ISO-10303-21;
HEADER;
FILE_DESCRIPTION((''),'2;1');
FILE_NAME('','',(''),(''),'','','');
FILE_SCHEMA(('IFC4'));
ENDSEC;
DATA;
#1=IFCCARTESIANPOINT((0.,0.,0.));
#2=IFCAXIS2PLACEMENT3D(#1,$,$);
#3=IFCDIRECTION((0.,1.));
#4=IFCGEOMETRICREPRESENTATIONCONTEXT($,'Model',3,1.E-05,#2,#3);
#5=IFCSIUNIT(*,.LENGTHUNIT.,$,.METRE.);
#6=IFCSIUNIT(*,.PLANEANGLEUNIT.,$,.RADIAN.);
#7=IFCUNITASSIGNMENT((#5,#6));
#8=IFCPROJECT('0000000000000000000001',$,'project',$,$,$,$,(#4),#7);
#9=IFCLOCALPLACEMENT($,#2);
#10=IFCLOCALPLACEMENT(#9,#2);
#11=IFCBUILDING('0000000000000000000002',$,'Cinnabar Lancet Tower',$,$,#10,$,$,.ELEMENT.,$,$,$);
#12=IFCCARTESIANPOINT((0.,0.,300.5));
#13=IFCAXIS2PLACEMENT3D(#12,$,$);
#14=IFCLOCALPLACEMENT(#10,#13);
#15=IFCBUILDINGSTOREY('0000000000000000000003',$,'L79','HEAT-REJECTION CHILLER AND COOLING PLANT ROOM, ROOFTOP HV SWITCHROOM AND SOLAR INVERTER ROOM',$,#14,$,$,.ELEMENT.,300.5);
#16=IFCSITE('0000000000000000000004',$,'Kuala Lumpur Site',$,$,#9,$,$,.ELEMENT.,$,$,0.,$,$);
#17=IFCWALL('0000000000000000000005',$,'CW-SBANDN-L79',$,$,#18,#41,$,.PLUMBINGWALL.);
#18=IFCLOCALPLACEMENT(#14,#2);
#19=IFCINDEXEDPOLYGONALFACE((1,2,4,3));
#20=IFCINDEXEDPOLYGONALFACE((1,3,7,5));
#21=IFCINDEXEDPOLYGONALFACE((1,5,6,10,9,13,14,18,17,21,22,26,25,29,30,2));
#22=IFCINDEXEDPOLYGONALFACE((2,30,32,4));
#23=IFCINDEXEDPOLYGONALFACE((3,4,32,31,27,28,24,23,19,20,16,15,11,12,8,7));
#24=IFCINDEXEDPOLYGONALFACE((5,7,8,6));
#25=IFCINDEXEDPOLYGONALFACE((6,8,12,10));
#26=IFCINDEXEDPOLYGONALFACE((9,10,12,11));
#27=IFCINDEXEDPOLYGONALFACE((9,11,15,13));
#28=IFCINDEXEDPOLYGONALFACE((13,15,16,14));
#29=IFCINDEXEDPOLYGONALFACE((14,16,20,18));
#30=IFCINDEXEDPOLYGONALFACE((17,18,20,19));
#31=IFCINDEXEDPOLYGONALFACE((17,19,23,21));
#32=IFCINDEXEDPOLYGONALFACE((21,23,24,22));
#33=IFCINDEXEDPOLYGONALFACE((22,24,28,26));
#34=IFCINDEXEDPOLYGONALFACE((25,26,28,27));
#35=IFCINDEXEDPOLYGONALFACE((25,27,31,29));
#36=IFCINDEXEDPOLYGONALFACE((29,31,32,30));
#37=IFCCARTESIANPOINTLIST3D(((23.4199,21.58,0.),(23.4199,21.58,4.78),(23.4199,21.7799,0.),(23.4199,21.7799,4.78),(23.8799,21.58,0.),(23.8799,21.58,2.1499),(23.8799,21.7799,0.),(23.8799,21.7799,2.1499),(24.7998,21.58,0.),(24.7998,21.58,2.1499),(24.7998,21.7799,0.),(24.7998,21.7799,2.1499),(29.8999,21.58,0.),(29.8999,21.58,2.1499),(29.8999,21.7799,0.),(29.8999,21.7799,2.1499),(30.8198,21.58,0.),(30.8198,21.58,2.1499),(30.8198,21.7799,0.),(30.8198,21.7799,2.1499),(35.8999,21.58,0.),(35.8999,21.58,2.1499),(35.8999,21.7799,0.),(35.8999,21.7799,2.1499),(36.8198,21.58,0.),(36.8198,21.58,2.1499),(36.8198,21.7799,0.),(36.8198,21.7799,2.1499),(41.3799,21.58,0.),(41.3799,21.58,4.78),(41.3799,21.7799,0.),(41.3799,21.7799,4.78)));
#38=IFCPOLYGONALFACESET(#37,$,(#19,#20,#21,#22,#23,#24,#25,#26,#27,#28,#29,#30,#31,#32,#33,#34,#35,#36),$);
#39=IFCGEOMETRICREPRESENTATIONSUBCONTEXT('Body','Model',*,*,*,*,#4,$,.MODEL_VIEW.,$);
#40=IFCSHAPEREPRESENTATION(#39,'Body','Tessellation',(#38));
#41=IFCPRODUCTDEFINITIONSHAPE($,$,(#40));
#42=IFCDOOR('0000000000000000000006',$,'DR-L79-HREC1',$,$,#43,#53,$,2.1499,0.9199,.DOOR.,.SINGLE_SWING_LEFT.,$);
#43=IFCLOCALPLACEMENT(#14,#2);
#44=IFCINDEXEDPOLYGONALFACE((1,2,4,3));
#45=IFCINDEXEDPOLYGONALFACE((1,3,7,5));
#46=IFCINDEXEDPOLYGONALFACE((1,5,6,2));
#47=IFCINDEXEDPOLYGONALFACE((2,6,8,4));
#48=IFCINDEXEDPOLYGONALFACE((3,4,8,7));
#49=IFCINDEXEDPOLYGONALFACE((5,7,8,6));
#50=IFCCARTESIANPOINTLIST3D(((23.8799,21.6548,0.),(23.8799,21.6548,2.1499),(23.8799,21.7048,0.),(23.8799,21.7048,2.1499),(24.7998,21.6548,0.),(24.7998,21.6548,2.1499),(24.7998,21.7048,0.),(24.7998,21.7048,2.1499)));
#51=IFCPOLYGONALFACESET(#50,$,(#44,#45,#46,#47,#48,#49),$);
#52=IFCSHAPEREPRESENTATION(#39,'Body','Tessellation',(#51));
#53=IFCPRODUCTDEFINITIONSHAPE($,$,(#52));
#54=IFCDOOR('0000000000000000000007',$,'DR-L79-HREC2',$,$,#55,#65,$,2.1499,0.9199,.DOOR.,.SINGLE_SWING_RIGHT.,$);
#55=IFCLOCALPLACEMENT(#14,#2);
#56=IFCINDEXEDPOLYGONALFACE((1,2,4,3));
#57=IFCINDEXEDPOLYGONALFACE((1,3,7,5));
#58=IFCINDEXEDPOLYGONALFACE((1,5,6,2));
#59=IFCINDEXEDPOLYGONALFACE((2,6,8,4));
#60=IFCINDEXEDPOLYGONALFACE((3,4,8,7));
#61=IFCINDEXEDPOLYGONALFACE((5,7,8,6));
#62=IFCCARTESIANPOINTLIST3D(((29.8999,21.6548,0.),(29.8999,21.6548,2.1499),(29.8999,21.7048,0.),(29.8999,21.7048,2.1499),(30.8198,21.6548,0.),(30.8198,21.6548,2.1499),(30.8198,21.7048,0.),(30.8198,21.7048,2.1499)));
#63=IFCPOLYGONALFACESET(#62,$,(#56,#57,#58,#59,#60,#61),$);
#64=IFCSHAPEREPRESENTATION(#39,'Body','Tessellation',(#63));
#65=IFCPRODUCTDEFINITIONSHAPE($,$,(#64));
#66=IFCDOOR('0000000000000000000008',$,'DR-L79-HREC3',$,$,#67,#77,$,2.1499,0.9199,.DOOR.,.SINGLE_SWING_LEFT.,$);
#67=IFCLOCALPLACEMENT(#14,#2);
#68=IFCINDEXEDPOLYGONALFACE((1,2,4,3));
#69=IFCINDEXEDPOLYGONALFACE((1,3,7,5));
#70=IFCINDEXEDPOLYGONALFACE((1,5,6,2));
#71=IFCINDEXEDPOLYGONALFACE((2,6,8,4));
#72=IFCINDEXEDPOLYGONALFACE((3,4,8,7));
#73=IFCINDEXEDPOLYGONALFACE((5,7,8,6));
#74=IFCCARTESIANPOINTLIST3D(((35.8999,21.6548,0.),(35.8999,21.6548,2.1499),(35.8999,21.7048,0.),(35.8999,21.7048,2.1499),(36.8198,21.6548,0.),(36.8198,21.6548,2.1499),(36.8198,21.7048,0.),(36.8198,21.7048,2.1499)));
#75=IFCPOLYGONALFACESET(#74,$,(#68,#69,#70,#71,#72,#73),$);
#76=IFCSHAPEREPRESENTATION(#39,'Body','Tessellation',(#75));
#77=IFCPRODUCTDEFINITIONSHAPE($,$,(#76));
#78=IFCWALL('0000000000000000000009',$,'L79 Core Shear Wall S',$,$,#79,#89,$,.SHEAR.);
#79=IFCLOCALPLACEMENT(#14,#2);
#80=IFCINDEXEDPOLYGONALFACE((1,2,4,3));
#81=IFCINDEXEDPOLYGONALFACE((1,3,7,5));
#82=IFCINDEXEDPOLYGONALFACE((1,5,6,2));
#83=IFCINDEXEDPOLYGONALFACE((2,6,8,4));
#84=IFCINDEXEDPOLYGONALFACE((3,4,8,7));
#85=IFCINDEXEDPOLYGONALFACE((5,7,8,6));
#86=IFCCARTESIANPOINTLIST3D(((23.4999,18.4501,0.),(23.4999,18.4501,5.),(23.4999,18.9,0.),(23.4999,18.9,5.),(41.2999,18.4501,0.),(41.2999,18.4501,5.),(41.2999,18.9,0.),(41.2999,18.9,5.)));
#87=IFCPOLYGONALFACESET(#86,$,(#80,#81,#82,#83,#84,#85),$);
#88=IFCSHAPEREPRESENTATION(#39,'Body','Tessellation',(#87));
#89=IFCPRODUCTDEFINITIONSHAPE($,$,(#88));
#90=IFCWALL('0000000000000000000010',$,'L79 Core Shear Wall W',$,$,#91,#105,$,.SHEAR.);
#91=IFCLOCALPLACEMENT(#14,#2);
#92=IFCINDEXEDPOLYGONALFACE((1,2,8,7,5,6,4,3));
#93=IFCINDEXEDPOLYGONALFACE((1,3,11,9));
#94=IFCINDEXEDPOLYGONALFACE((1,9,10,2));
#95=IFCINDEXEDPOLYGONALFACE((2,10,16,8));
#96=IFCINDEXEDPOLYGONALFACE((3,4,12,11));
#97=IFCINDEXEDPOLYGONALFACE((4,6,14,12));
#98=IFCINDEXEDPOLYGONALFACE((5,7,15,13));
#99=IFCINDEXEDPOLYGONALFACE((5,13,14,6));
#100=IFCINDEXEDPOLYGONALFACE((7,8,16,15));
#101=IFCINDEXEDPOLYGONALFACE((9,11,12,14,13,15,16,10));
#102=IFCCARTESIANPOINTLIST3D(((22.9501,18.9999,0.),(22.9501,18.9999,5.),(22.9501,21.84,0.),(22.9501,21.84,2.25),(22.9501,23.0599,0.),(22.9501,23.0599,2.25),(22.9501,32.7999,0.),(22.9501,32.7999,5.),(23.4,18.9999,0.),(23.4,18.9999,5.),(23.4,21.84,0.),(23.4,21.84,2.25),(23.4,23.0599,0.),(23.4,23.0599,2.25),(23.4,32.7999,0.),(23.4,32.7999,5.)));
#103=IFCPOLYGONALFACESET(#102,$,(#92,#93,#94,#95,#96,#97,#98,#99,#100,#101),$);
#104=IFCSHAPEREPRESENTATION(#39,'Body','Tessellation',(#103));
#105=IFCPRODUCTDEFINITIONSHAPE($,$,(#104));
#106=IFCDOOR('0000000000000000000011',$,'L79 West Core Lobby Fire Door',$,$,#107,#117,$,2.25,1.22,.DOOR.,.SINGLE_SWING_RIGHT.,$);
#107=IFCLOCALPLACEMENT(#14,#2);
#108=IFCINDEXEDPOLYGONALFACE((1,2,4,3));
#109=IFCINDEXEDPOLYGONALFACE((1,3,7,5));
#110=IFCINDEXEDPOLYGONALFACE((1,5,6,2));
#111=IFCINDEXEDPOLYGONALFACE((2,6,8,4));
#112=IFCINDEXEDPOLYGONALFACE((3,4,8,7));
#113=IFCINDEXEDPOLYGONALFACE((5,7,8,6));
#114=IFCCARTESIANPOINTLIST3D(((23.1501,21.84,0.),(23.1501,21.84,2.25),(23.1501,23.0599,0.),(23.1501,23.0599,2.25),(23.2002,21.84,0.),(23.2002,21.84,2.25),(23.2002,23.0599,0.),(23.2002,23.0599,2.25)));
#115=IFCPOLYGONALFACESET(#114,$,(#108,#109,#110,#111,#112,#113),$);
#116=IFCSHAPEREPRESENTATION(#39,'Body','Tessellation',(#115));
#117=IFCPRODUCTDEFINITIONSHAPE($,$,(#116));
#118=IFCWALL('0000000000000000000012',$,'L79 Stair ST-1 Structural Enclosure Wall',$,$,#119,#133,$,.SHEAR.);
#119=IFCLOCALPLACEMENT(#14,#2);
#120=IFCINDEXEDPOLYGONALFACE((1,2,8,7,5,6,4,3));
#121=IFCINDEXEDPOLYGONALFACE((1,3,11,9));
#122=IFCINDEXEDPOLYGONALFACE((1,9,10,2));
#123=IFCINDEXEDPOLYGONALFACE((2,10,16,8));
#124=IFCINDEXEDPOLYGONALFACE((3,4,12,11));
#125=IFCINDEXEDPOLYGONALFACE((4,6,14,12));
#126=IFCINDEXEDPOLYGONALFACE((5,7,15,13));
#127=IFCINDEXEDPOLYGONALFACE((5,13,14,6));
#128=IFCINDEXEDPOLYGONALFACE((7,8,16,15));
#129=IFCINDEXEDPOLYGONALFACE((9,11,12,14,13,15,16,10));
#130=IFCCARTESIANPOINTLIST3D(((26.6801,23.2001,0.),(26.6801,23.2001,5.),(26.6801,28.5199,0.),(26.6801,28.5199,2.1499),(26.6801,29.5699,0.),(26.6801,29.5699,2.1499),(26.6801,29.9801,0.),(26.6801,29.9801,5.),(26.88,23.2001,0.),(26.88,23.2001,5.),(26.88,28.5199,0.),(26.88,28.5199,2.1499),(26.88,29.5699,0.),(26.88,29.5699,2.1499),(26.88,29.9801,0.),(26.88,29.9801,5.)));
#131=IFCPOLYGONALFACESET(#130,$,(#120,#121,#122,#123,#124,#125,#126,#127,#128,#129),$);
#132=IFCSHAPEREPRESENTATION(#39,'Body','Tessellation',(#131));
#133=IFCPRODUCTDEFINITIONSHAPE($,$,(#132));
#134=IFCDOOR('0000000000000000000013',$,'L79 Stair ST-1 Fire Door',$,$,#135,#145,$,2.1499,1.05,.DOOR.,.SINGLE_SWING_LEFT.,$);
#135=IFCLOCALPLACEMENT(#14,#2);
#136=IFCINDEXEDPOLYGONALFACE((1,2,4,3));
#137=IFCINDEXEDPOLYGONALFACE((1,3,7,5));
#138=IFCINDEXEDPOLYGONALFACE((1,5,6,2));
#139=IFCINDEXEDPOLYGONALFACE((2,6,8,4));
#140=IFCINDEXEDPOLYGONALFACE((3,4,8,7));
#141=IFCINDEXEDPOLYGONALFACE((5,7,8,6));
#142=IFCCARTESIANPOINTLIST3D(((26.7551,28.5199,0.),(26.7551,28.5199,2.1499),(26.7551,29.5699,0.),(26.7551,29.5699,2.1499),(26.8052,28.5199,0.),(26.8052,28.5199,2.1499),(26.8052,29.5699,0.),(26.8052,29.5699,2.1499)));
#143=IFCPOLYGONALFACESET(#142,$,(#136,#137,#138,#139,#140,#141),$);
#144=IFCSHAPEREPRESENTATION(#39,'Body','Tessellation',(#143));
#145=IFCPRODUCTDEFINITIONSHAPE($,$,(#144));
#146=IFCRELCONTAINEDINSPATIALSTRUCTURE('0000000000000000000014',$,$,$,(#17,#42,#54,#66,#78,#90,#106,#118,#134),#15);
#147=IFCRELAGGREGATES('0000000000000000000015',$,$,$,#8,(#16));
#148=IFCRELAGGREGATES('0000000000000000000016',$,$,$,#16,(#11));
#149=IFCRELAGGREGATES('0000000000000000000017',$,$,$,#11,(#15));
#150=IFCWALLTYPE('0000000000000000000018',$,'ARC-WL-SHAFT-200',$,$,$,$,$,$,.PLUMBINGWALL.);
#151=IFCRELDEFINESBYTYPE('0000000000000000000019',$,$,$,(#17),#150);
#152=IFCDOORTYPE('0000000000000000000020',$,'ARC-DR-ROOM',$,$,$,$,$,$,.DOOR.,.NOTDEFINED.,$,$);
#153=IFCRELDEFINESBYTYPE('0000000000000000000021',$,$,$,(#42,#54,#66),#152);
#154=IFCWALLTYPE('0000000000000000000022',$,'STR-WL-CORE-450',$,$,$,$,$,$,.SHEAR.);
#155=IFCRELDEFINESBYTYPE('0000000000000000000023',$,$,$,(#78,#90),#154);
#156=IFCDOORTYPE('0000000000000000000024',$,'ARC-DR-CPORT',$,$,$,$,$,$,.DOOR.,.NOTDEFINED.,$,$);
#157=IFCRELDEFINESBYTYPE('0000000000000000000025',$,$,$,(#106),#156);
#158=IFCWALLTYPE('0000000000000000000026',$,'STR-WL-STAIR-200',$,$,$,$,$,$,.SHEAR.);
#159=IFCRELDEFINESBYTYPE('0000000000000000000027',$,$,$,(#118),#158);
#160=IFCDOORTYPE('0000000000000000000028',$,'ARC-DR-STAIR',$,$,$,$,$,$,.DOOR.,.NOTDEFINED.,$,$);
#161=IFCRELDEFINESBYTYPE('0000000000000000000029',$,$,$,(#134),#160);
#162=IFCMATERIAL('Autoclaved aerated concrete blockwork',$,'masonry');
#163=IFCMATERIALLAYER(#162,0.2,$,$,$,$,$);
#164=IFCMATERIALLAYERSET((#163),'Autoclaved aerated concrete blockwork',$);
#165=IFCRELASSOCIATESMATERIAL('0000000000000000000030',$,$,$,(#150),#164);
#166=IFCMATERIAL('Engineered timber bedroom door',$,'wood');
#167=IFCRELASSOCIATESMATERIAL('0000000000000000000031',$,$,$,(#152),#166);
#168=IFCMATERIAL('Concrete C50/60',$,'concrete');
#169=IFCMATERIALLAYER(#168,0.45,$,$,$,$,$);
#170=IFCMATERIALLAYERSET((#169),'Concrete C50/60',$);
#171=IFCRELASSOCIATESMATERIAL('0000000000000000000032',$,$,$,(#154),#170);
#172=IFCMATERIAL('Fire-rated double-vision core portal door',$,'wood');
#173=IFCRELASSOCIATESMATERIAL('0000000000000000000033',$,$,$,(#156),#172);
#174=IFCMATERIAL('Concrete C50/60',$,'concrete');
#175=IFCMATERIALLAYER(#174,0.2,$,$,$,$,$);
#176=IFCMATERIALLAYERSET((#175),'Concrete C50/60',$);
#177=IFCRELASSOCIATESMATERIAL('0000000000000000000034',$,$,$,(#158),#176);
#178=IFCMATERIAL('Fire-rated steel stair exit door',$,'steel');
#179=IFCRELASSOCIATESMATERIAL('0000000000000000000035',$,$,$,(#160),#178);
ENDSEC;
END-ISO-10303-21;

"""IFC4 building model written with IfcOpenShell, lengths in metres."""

from ifc_helpers import new_model, si_unit, direction, frame, frame_2d, origin, place, context, subcontext, project, spatial, rectangle, extrude, material, layer, layer_set, type_object, element, fill, save


model = new_model("IFC4")

# Units and contexts
model_context = context("Model", 3, precision=1e-05, world=origin(), true_north=direction((0.0, 1.0)))
body_context = subcontext(model_context, "Body", "Model", "MODEL_VIEW")
ifc_project = project(units=[si_unit("LENGTHUNIT", "METRE"), si_unit("PLANEANGLEUNIT", "RADIAN")], contexts=[model_context])

# Site, building, storey
site_placement = place(None, origin())
site = spatial("IfcSite", under=ifc_project, at=site_placement, Name="Kuala Lumpur Site", CompositionType="ELEMENT", RefElevation=0.0)
building_placement = place(site_placement, origin())
building = spatial("IfcBuilding", under=site, at=building_placement, Name="Cinnabar Lancet Tower", CompositionType="ELEMENT")
storey_placement = place(building_placement, frame((0.0, 0.0, 300.5)))
storey = spatial("IfcBuildingStorey", under=building, at=storey_placement, Name="L79", Description="HEAT-REJECTION CHILLER AND COOLING PLANT ROOM, ROOFTOP HV SWITCHROOM AND SOLAR INVERTER ROOM", CompositionType="ELEMENT", Elevation=300.5)

# Shared definitions
ifc_material_1 = material(Name="Autoclaved aerated concrete blockwork", Category="masonry")
ifc_layer_1 = layer(ifc_material_1, 0.2)
ifc_layer_set_1 = layer_set([ifc_layer_1], Name="Autoclaved aerated concrete blockwork")
wall_type_1 = type_object("IfcWallType", Name="ARC-WL-SHAFT-200", PredefinedType="PLUMBINGWALL", material=ifc_layer_set_1)

# Wall, openings, doors
wall_1_placement = place(storey_placement, frame((23.4199, 21.6799, 0.0), z_axis=(0.0, 0.0, 1.0), x_axis=(1.0, 0.0, 0.0)))
wall_1 = element("IfcWall", 1, at=wall_1_placement, inside=storey, type_object=wall_type_1, Name="CW-SBANDN-L79", PredefinedType="PLUMBINGWALL", context=body_context, shape_type="SweptSolid", body=[
    extrude(rectangle(XDim=17.96, YDim=0.2, at=frame_2d((8.98, 0.0))), origin(), (0.0, 0.0, 1.0), 4.78),
])
opening_1_placement = place(wall_1_placement, frame((0.46, 0.0, 0.0)))
opening_1 = element("IfcOpeningElement", 2, at=opening_1_placement, cuts=wall_1, PredefinedType="OPENING", context=body_context, shape_type="SweptSolid", body=[
    extrude(rectangle(XDim=0.9199, YDim=2.1499, at=frame_2d((0.46, 1.075))), frame((0.0, 0.1099, 0.0), z_axis=(0.0, -1.0, 0.0), x_axis=(1.0, 0.0, 0.0)), (0.0, 0.0, 1.0), 0.22),
])
opening_2_placement = place(wall_1_placement, frame((6.48, 0.0, 0.0)))
opening_2 = element("IfcOpeningElement", 3, at=opening_2_placement, cuts=wall_1, PredefinedType="OPENING", context=body_context, shape_type="SweptSolid", body=[
    extrude(rectangle(XDim=0.9199, YDim=2.1499, at=frame_2d((0.46, 1.075))), frame((0.0, 0.1099, 0.0), z_axis=(0.0, -1.0, 0.0), x_axis=(1.0, 0.0, 0.0)), (0.0, 0.0, 1.0), 0.22),
])
opening_3_placement = place(wall_1_placement, frame((12.48, 0.0, 0.0)))
opening_3 = element("IfcOpeningElement", 4, at=opening_3_placement, cuts=wall_1, PredefinedType="OPENING", context=body_context, shape_type="SweptSolid", body=[
    extrude(rectangle(XDim=0.9199, YDim=2.1499, at=frame_2d((0.46, 1.075))), frame((0.0, 0.1099, 0.0), z_axis=(0.0, -1.0, 0.0), x_axis=(1.0, 0.0, 0.0)), (0.0, 0.0, 1.0), 0.22),
])
ifc_material_2 = material(Name="Engineered timber bedroom door", Category="wood")
door_type_1 = type_object("IfcDoorType", Name="ARC-DR-ROOM", OperationType="NOTDEFINED", PredefinedType="DOOR", material=ifc_material_2)
door_1_placement = place(opening_1_placement, origin())
door_1 = element("IfcDoor", 5, at=door_1_placement, inside=storey, type_object=door_type_1, Name="DR-L79-HREC1", OperationType="SINGLE_SWING_LEFT", OverallHeight=2.1499, OverallWidth=0.9199, PredefinedType="DOOR", context=body_context, shape_type="SweptSolid", body=[
    extrude(rectangle(XDim=0.9199, YDim=2.1499, at=frame_2d((0.46, 1.075))), frame((0.0, 0.0249, 0.0), z_axis=(0.0, -1.0, 0.0), x_axis=(1.0, 0.0, 0.0)), (0.0, 0.0, 1.0), 0.05),
])
fill(opening_1, door_1)
door_2_placement = place(opening_2_placement, origin())
door_2 = element("IfcDoor", 6, at=door_2_placement, inside=storey, type_object=door_type_1, Name="DR-L79-HREC2", OperationType="SINGLE_SWING_RIGHT", OverallHeight=2.1499, OverallWidth=0.9199, PredefinedType="DOOR", context=body_context, shape_type="SweptSolid", body=[
    extrude(rectangle(XDim=0.9199, YDim=2.1499, at=frame_2d((0.46, 1.075))), frame((0.0, 0.0249, 0.0), z_axis=(0.0, -1.0, 0.0), x_axis=(1.0, 0.0, 0.0)), (0.0, 0.0, 1.0), 0.05),
])
fill(opening_2, door_2)
door_3_placement = place(opening_3_placement, origin())
door_3 = element("IfcDoor", 7, at=door_3_placement, inside=storey, type_object=door_type_1, Name="DR-L79-HREC3", OperationType="SINGLE_SWING_LEFT", OverallHeight=2.1499, OverallWidth=0.9199, PredefinedType="DOOR", context=body_context, shape_type="SweptSolid", body=[
    extrude(rectangle(XDim=0.9199, YDim=2.1499, at=frame_2d((0.46, 1.075))), frame((0.0, 0.0249, 0.0), z_axis=(0.0, -1.0, 0.0), x_axis=(1.0, 0.0, 0.0)), (0.0, 0.0, 1.0), 0.05),
])
fill(opening_3, door_3)

# Wall
ifc_material_3 = material(Name="Concrete C50/60", Category="concrete")
ifc_layer_2 = layer(ifc_material_3, 0.45)
ifc_layer_set_2 = layer_set([ifc_layer_2], Name="Concrete C50/60")
wall_type_2 = type_object("IfcWallType", Name="STR-WL-CORE-450", PredefinedType="SHEAR", material=ifc_layer_set_2)
wall_2_placement = place(storey_placement, frame((23.5, 18.675, 0.0), z_axis=(0.0, 0.0, 1.0), x_axis=(1.0, 0.0, 0.0)))
element("IfcWall", 8, at=wall_2_placement, inside=storey, type_object=wall_type_2, Name="L79 Core Shear Wall S", PredefinedType="SHEAR", context=body_context, shape_type="SweptSolid", body=[
    extrude(rectangle(XDim=17.8, YDim=0.45, at=frame_2d((8.8999, 0.0))), origin(), (0.0, 0.0, 1.0), 5.0),
])

# Walls, openings, doors
wall_3_placement = place(storey_placement, frame((23.175, 19.0, 0.0), z_axis=(0.0, 0.0, 1.0), x_axis=(0.0, 1.0, 0.0)))
wall_3 = element("IfcWall", 9, at=wall_3_placement, inside=storey, type_object=wall_type_2, Name="L79 Core Shear Wall W", PredefinedType="SHEAR", context=body_context, shape_type="SweptSolid", body=[
    extrude(rectangle(XDim=13.8, YDim=0.45, at=frame_2d((6.8999, 0.0))), origin(), (0.0, 0.0, 1.0), 5.0),
])
opening_4_placement = place(wall_3_placement, frame((2.8401, 0.0, 0.0)))
opening_4 = element("IfcOpeningElement", 10, at=opening_4_placement, cuts=wall_3, PredefinedType="OPENING", context=body_context, shape_type="SweptSolid", body=[
    extrude(rectangle(XDim=1.22, YDim=2.25, at=frame_2d((0.6099, 1.125))), frame((0.0, 0.2349, 0.0), z_axis=(0.0, -1.0, 0.0), x_axis=(1.0, 0.0, 0.0)), (0.0, 0.0, 1.0), 0.47),
])
ifc_material_4 = material(Name="Fire-rated double-vision core portal door", Category="wood")
door_type_2 = type_object("IfcDoorType", Name="ARC-DR-CPORT", OperationType="NOTDEFINED", PredefinedType="DOOR", material=ifc_material_4)
door_4_placement = place(opening_4_placement, origin())
door_4 = element("IfcDoor", 11, at=door_4_placement, inside=storey, type_object=door_type_2, Name="L79 West Core Lobby Fire Door", OperationType="SINGLE_SWING_RIGHT", OverallHeight=2.25, OverallWidth=1.22, PredefinedType="DOOR", context=body_context, shape_type="SweptSolid", body=[
    extrude(rectangle(XDim=1.22, YDim=2.25, at=frame_2d((0.6099, 1.125))), frame((0.0, 0.0249, 0.0), z_axis=(0.0, -1.0, 0.0), x_axis=(1.0, 0.0, 0.0)), (0.0, 0.0, 1.0), 0.05),
])
fill(opening_4, door_4)
ifc_material_5 = material(Name="Concrete C50/60", Category="concrete")
ifc_layer_3 = layer(ifc_material_5, 0.2)
ifc_layer_set_3 = layer_set([ifc_layer_3], Name="Concrete C50/60")
wall_type_3 = type_object("IfcWallType", Name="STR-WL-STAIR-200", PredefinedType="SHEAR", material=ifc_layer_set_3)
wall_4_placement = place(storey_placement, frame((26.78, 23.2, 0.0), z_axis=(0.0, 0.0, 1.0), x_axis=(0.0, 1.0, 0.0)))
wall_4 = element("IfcWall", 12, at=wall_4_placement, inside=storey, type_object=wall_type_3, Name="L79 Stair ST-1 Structural Enclosure Wall", PredefinedType="SHEAR", context=body_context, shape_type="SweptSolid", body=[
    extrude(rectangle(XDim=6.78, YDim=0.2, at=frame_2d((3.3901, 0.0))), origin(), (0.0, 0.0, 1.0), 5.0),
])
opening_5_placement = place(wall_4_placement, frame((5.3201, 0.0, 0.0)))
opening_5 = element("IfcOpeningElement", 13, at=opening_5_placement, cuts=wall_4, PredefinedType="OPENING", context=body_context, shape_type="SweptSolid", body=[
    extrude(rectangle(XDim=1.05, YDim=2.1499, at=frame_2d((0.5249, 1.075))), frame((0.0, 0.1099, 0.0), z_axis=(0.0, -1.0, 0.0), x_axis=(1.0, 0.0, 0.0)), (0.0, 0.0, 1.0), 0.22),
])
ifc_material_6 = material(Name="Fire-rated steel stair exit door", Category="steel")
door_type_3 = type_object("IfcDoorType", Name="ARC-DR-STAIR", OperationType="NOTDEFINED", PredefinedType="DOOR", material=ifc_material_6)
door_5_placement = place(opening_5_placement, origin())
door_5 = element("IfcDoor", 14, at=door_5_placement, inside=storey, type_object=door_type_3, Name="L79 Stair ST-1 Fire Door", OperationType="SINGLE_SWING_LEFT", OverallHeight=2.1499, OverallWidth=1.05, PredefinedType="DOOR", context=body_context, shape_type="SweptSolid", body=[
    extrude(rectangle(XDim=1.05, YDim=2.1499, at=frame_2d((0.5249, 1.075))), frame((0.0, 0.0249, 0.0), z_axis=(0.0, -1.0, 0.0), x_axis=(1.0, 0.0, 0.0)), (0.0, 0.0, 1.0), 0.05),
])
fill(opening_5, door_5)

save(model, "model.ifc")
